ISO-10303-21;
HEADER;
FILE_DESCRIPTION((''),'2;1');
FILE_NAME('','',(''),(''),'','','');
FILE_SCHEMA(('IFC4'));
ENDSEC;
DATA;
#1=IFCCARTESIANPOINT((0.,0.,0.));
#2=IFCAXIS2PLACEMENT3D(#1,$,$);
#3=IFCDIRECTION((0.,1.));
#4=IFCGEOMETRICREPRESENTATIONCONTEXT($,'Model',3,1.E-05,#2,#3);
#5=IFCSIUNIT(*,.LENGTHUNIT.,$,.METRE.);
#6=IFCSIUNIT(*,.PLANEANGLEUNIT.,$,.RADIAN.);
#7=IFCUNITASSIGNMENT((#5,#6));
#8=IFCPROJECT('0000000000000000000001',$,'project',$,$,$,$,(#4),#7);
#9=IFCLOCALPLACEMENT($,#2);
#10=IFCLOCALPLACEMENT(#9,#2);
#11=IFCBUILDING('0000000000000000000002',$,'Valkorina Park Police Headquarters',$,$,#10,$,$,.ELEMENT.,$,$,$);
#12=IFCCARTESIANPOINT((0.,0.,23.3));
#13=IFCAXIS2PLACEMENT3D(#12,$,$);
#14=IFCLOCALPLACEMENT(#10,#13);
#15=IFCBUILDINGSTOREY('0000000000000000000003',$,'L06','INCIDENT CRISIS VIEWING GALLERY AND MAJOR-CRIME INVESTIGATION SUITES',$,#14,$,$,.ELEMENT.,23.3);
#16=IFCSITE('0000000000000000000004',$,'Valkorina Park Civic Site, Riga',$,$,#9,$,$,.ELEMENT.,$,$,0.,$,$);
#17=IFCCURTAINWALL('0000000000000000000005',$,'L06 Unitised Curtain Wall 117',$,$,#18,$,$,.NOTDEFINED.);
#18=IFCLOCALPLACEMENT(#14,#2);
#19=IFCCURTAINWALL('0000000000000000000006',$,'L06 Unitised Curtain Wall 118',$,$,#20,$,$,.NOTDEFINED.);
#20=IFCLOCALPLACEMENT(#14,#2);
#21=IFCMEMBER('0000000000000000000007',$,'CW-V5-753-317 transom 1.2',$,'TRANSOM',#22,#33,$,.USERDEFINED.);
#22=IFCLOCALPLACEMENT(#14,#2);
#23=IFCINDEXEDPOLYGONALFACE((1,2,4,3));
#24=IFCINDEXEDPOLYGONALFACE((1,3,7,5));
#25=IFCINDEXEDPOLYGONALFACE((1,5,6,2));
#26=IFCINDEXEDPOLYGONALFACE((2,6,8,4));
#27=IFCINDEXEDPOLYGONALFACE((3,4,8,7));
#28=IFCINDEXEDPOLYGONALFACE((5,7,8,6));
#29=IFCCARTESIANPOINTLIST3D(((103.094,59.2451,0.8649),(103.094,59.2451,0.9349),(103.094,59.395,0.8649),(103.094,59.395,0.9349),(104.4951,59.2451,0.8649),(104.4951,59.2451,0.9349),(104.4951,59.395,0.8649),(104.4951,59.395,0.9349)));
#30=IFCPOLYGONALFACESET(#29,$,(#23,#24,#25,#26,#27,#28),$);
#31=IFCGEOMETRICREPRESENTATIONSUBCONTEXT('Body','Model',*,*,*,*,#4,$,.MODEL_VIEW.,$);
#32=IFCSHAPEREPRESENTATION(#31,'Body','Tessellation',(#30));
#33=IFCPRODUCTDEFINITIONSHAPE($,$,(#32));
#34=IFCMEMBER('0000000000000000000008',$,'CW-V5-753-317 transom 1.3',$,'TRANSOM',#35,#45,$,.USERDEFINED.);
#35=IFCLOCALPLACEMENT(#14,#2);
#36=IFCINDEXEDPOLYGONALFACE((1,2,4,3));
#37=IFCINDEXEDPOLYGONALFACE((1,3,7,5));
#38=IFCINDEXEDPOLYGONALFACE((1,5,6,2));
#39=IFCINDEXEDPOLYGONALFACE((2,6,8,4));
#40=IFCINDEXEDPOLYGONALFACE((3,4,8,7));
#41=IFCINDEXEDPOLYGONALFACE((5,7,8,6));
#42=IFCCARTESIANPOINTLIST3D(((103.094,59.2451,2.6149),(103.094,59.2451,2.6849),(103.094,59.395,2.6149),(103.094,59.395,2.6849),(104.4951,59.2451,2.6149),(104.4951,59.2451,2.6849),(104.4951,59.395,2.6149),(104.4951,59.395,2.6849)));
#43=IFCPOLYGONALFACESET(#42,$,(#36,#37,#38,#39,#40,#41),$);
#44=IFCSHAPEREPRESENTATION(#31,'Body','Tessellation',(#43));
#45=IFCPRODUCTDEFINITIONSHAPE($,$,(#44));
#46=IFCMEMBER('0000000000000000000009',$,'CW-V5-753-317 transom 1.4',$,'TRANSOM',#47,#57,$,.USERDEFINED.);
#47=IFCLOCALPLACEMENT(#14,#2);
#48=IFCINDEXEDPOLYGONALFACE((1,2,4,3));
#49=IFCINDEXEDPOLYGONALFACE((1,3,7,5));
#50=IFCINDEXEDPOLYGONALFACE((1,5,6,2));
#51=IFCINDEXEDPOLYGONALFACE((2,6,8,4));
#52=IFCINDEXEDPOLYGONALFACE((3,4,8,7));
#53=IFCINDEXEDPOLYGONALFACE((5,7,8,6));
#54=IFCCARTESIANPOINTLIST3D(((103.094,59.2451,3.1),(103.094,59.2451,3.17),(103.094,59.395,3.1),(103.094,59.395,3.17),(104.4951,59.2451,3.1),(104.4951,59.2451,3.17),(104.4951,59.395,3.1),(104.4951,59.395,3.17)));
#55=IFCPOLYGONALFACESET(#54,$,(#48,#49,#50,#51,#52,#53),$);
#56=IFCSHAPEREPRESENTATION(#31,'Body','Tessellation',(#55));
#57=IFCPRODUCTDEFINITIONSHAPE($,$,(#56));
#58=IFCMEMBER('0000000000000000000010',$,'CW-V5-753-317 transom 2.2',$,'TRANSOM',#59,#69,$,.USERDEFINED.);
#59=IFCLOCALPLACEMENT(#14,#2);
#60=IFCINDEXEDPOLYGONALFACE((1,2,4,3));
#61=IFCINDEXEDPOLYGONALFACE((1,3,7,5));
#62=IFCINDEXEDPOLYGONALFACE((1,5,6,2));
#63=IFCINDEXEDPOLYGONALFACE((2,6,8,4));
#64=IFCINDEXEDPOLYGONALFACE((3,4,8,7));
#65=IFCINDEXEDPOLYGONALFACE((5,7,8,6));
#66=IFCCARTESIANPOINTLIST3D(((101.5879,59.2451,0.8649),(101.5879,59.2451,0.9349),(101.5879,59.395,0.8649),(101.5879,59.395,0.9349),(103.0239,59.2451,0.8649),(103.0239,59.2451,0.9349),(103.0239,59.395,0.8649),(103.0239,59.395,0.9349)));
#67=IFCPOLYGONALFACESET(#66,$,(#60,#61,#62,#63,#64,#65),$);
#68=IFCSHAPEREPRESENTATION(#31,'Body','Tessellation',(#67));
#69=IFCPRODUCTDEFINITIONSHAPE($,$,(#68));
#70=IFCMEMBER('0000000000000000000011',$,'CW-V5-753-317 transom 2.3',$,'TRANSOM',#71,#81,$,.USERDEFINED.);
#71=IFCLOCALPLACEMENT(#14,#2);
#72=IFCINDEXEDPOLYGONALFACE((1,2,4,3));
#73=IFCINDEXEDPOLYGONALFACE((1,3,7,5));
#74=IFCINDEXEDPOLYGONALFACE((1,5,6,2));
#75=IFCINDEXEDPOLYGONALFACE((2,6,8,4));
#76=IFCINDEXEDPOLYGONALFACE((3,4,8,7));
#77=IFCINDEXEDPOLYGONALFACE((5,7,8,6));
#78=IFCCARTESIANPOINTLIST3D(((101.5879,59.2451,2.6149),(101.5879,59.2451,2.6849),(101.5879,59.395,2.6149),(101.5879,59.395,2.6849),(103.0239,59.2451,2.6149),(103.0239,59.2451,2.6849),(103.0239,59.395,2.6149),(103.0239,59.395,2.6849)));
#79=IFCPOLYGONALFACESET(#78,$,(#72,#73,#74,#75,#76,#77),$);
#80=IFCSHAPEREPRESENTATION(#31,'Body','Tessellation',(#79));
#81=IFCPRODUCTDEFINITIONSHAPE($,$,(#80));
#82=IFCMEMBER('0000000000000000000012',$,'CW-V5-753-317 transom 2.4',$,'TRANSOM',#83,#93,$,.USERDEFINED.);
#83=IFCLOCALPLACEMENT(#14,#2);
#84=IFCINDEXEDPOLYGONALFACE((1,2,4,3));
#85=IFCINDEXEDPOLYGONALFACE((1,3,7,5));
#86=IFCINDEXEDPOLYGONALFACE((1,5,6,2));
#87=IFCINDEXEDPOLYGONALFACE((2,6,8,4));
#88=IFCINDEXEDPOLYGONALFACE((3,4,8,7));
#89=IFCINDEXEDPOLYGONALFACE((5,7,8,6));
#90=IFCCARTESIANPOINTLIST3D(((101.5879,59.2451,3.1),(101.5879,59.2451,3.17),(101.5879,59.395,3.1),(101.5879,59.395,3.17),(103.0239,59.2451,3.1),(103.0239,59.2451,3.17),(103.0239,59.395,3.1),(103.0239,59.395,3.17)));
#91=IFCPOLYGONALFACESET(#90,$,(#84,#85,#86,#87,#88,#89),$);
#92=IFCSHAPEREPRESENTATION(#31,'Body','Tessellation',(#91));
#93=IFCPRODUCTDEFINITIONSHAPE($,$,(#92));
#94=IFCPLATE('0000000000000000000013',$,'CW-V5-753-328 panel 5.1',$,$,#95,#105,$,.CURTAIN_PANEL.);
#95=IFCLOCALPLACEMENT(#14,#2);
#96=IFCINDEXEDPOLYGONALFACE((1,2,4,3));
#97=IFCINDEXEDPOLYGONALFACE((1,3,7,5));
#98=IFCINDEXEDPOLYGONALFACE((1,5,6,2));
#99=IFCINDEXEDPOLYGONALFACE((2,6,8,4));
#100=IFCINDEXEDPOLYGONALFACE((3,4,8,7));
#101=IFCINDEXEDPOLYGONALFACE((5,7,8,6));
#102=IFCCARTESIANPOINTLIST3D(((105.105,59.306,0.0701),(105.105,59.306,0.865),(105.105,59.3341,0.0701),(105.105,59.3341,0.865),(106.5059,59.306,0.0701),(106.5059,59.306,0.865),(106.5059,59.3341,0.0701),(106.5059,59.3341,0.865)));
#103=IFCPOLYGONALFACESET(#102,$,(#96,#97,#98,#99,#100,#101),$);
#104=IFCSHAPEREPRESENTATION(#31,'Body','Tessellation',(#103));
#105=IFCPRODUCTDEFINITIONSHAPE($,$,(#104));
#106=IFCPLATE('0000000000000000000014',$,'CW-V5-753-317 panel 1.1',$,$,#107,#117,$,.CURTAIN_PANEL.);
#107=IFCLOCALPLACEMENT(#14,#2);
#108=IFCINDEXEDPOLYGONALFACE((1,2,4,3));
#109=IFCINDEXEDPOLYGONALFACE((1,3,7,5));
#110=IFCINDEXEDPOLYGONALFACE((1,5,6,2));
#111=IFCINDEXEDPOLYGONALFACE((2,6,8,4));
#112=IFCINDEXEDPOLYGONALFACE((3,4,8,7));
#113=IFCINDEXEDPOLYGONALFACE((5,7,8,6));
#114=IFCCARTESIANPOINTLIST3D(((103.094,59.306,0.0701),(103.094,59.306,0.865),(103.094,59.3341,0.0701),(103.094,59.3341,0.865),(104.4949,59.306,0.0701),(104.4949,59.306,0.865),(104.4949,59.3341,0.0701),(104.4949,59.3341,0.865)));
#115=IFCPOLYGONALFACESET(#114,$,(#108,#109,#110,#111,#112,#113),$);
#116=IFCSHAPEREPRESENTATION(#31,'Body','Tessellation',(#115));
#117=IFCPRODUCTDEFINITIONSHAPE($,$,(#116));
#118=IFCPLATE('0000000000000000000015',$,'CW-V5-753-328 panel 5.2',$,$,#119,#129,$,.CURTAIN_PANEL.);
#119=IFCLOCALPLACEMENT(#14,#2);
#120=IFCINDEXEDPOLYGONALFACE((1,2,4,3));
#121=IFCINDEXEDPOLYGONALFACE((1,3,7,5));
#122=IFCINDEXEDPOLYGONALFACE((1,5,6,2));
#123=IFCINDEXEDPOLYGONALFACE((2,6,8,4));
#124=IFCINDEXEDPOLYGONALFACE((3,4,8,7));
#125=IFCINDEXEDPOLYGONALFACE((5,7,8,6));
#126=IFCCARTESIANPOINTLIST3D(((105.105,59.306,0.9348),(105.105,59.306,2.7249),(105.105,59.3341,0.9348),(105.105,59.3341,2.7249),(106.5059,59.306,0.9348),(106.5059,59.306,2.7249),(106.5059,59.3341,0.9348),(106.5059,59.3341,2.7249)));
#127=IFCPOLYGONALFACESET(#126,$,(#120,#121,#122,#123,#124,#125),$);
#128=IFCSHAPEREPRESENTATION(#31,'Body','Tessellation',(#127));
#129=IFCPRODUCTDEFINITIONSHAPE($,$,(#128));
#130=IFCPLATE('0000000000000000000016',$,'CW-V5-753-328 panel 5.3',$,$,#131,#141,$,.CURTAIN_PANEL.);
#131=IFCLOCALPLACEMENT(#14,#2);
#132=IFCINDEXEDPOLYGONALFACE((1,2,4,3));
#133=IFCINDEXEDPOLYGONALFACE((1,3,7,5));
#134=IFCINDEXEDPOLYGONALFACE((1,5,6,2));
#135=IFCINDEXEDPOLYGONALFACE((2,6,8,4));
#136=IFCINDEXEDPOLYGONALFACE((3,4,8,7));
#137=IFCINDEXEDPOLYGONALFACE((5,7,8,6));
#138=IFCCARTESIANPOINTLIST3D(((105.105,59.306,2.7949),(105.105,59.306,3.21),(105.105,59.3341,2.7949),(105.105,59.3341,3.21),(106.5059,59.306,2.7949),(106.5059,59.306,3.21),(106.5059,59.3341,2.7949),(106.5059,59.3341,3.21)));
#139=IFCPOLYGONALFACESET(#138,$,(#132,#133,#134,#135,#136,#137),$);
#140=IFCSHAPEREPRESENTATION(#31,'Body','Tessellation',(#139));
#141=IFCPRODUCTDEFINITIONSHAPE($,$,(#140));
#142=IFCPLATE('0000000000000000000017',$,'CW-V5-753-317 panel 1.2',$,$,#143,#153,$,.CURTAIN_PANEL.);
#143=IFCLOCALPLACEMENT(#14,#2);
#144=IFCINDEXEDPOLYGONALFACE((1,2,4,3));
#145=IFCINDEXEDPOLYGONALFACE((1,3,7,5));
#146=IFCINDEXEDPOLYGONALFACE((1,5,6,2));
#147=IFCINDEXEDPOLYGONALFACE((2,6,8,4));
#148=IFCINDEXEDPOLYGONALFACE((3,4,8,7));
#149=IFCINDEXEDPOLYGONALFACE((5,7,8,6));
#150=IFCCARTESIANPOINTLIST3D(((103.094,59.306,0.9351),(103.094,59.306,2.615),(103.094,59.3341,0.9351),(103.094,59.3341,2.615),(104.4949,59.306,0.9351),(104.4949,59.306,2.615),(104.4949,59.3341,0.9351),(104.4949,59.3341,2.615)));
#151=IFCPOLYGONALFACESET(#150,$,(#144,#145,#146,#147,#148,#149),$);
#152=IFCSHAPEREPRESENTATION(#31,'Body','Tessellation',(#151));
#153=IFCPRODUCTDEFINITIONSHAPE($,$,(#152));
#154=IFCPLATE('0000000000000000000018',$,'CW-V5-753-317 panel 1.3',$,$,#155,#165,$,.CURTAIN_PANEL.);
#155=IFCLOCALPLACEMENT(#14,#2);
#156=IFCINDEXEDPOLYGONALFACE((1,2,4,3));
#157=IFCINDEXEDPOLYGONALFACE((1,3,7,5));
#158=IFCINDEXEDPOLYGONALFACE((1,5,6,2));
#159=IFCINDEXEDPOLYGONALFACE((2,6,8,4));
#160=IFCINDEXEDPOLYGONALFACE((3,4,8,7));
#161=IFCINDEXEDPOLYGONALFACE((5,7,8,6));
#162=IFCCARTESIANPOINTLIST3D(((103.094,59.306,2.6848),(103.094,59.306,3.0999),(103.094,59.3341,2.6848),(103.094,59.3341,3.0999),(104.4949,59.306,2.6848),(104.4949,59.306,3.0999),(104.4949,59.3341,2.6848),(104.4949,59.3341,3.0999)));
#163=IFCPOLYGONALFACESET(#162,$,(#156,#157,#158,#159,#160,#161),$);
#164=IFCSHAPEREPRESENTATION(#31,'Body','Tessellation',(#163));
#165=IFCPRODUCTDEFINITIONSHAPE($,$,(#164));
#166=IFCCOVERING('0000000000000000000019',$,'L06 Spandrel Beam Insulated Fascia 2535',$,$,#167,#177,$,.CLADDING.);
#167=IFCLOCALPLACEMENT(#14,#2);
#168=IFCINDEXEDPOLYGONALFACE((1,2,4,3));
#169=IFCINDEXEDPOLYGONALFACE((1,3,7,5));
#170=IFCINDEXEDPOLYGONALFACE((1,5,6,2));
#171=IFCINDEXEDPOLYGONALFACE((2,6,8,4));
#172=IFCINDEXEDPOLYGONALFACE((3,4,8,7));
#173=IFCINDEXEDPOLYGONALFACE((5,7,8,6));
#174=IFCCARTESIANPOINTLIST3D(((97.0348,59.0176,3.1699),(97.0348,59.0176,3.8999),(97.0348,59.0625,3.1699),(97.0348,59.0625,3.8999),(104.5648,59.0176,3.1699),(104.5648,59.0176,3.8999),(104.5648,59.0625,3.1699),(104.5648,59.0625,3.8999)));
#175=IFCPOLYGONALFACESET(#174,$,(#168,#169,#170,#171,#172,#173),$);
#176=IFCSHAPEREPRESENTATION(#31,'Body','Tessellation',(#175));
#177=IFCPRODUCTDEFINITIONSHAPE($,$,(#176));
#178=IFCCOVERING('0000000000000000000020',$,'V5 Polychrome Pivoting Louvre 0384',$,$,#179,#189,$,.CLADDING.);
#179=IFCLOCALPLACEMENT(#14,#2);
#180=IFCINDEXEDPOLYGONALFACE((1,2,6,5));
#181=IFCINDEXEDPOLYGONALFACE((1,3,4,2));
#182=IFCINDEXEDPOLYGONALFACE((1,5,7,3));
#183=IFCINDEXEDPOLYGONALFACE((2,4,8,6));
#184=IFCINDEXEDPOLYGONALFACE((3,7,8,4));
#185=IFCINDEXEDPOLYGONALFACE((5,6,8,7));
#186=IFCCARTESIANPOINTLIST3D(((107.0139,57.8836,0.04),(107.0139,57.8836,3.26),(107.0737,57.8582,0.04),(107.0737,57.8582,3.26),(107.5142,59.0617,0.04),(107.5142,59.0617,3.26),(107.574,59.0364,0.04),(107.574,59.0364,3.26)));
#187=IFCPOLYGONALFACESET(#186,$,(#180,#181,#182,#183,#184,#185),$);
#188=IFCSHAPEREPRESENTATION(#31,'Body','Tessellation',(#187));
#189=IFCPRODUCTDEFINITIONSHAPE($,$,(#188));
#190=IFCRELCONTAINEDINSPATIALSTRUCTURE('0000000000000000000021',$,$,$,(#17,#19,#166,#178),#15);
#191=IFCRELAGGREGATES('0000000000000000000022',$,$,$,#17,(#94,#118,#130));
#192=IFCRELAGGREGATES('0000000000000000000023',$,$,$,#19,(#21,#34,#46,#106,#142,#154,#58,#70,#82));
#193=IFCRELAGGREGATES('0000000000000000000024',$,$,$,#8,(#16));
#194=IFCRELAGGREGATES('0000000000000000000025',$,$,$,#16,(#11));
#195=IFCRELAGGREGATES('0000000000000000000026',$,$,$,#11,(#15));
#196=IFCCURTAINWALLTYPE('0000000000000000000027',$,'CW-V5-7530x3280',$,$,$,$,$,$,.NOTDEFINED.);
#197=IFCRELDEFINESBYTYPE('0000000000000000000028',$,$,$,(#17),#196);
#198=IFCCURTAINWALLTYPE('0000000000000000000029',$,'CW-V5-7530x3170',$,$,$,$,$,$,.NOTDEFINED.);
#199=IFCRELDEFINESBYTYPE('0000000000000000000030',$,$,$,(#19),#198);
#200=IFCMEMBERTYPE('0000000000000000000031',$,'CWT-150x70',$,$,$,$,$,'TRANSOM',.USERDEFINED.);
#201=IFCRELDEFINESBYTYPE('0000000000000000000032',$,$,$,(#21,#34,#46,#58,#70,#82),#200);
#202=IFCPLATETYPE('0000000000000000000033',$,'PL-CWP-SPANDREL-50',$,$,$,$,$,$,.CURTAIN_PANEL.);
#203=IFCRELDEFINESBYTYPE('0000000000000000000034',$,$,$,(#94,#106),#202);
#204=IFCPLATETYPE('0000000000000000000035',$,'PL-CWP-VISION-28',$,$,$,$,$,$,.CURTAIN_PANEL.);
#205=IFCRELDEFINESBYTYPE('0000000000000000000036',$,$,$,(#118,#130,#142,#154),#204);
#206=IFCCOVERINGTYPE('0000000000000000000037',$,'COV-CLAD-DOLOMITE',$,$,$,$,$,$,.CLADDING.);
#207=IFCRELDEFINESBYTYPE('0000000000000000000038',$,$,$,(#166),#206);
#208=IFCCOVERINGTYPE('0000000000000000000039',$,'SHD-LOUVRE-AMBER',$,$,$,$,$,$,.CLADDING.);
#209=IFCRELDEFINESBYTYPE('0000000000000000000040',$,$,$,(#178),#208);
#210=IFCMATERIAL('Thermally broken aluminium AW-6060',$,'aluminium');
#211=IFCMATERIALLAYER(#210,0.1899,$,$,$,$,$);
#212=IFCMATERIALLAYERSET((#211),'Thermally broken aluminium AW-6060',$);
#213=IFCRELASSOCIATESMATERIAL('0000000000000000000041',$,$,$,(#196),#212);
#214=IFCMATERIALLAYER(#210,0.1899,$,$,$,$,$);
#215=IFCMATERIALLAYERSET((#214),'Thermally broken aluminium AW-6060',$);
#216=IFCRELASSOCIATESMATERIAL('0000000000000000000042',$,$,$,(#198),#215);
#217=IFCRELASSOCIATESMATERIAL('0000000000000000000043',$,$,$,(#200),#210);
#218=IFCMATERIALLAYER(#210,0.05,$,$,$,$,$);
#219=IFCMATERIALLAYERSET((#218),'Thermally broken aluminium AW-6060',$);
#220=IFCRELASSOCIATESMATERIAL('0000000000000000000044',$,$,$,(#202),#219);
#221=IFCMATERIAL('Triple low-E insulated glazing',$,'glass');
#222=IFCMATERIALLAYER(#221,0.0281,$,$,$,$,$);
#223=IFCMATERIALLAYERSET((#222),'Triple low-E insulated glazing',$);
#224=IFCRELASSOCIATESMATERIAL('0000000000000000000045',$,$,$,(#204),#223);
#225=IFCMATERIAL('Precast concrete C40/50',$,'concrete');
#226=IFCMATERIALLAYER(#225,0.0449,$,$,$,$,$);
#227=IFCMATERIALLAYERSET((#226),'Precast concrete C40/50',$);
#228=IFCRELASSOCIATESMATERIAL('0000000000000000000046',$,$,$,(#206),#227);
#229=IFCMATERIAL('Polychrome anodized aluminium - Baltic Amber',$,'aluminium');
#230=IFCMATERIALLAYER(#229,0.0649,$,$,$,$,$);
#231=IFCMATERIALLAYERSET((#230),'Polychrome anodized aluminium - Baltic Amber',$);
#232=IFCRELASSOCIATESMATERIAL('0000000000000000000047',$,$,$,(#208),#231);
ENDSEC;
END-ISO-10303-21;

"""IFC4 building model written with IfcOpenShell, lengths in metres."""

from ifc_helpers import new_model, si_unit, direction, frame, frame_2d, origin, origin_2d, place, context, subcontext, project, spatial, rectangle, extrude, material, layer, layer_set, material_profile, profile_set, type_object, element, aggregate, save


model = new_model("IFC4")

# Units and contexts
model_context = context("Model", 3, precision=1e-05, world=origin(), true_north=direction((0.0, 1.0)))
body_context = subcontext(model_context, "Body", "Model", "MODEL_VIEW")
ifc_project = project(units=[si_unit("LENGTHUNIT", "METRE"), si_unit("PLANEANGLEUNIT", "RADIAN")], contexts=[model_context])

# Site, building, storey
site_placement = place(None, origin())
site = spatial("IfcSite", under=ifc_project, at=site_placement, Name="Valkorina Park Civic Site, Riga", CompositionType="ELEMENT", RefElevation=0.0)
building_placement = place(site_placement, origin())
building = spatial("IfcBuilding", under=site, at=building_placement, Name="Valkorina Park Police Headquarters", CompositionType="ELEMENT")
storey_placement = place(building_placement, frame((0.0, 0.0, 23.3)))
storey = spatial("IfcBuildingStorey", under=building, at=storey_placement, Name="L06", Description="INCIDENT CRISIS VIEWING GALLERY AND MAJOR-CRIME INVESTIGATION SUITES", CompositionType="ELEMENT", Elevation=23.3)

# Curtain walls
ifc_material_1 = material(Name="Thermally broken aluminium AW-6060", Category="aluminium")
ifc_layer_1 = layer(ifc_material_1, 0.1899)
ifc_layer_set_1 = layer_set([ifc_layer_1], Name="Thermally broken aluminium AW-6060")
curtain_wall_type_1 = type_object("IfcCurtainWallType", Name="CW-V5-7530x3280", PredefinedType="NOTDEFINED", material=ifc_layer_set_1)
curtain_wall_1_placement = place(storey_placement, origin())
curtain_wall_1 = element("IfcCurtainWall", 1, at=curtain_wall_1_placement, inside=storey, type_object=curtain_wall_type_1, Name="L06 Unitised Curtain Wall 117", PredefinedType="NOTDEFINED")
ifc_layer_2 = layer(ifc_material_1, 0.1899)
ifc_layer_set_2 = layer_set([ifc_layer_2], Name="Thermally broken aluminium AW-6060")
curtain_wall_type_2 = type_object("IfcCurtainWallType", Name="CW-V5-7530x3170", PredefinedType="NOTDEFINED", material=ifc_layer_set_2)
curtain_wall_2_placement = place(storey_placement, origin())
curtain_wall_2 = element("IfcCurtainWall", 2, at=curtain_wall_2_placement, inside=storey, type_object=curtain_wall_type_2, Name="L06 Unitised Curtain Wall 118", PredefinedType="NOTDEFINED")

# Members
ifc_material_profile_1 = material_profile(ifc_material_1, rectangle(XDim=0.1499, YDim=0.0701, at=origin_2d()), Name="CWT-02 150x70")
ifc_profile_set_1 = profile_set([ifc_material_profile_1], Name="Thermally broken aluminium AW-6060")
member_type_1 = type_object("IfcMemberType", Name="CWT-150x70", ElementType="TRANSOM", PredefinedType="USERDEFINED", material=ifc_profile_set_1)
member_1_placement = place(storey_placement, frame((104.4951, 59.3201, 0.8999), z_axis=(-1.0, 0.0, 0.0), x_axis=(0.0, -1.0, 0.0)))
member_1 = element("IfcMember", 3, at=member_1_placement, type_object=member_type_1, Name="CW-V5-753-317 transom 1.2", ObjectType="TRANSOM", PredefinedType="USERDEFINED", context=body_context, shape_type="SweptSolid", body=[
    extrude(rectangle(XDim=0.1499, YDim=0.0701, at=origin_2d()), origin(), (0.0, 0.0, 1.0), 1.4011),
])
member_2_placement = place(storey_placement, frame((104.4951, 59.3201, 2.6499), z_axis=(-1.0, 0.0, 0.0), x_axis=(0.0, -1.0, 0.0)))
member_2 = element("IfcMember", 4, at=member_2_placement, type_object=member_type_1, Name="CW-V5-753-317 transom 1.3", ObjectType="TRANSOM", PredefinedType="USERDEFINED", context=body_context, shape_type="SweptSolid", body=[
    extrude(rectangle(XDim=0.1499, YDim=0.0701, at=origin_2d()), origin(), (0.0, 0.0, 1.0), 1.4011),
])
member_3_placement = place(storey_placement, frame((104.4951, 59.3201, 3.135), z_axis=(-1.0, 0.0, 0.0), x_axis=(0.0, -1.0, 0.0)))
member_3 = element("IfcMember", 5, at=member_3_placement, type_object=member_type_1, Name="CW-V5-753-317 transom 1.4", ObjectType="TRANSOM", PredefinedType="USERDEFINED", context=body_context, shape_type="SweptSolid", body=[
    extrude(rectangle(XDim=0.1499, YDim=0.0701, at=origin_2d()), origin(), (0.0, 0.0, 1.0), 1.4011),
])
member_4_placement = place(storey_placement, frame((103.0239, 59.3201, 0.8999), z_axis=(-1.0, 0.0, 0.0), x_axis=(0.0, -1.0, 0.0)))
member_4 = element("IfcMember", 6, at=member_4_placement, type_object=member_type_1, Name="CW-V5-753-317 transom 2.2", ObjectType="TRANSOM", PredefinedType="USERDEFINED", context=body_context, shape_type="SweptSolid", body=[
    extrude(rectangle(XDim=0.1499, YDim=0.0701, at=origin_2d()), origin(), (0.0, 0.0, 1.0), 1.436),
])
member_5_placement = place(storey_placement, frame((103.0239, 59.3201, 2.6499), z_axis=(-1.0, 0.0, 0.0), x_axis=(0.0, -1.0, 0.0)))
member_5 = element("IfcMember", 7, at=member_5_placement, type_object=member_type_1, Name="CW-V5-753-317 transom 2.3", ObjectType="TRANSOM", PredefinedType="USERDEFINED", context=body_context, shape_type="SweptSolid", body=[
    extrude(rectangle(XDim=0.1499, YDim=0.0701, at=origin_2d()), origin(), (0.0, 0.0, 1.0), 1.436),
])
member_6_placement = place(storey_placement, frame((103.0239, 59.3201, 3.135), z_axis=(-1.0, 0.0, 0.0), x_axis=(0.0, -1.0, 0.0)))
member_6 = element("IfcMember", 8, at=member_6_placement, type_object=member_type_1, Name="CW-V5-753-317 transom 2.4", ObjectType="TRANSOM", PredefinedType="USERDEFINED", context=body_context, shape_type="SweptSolid", body=[
    extrude(rectangle(XDim=0.1499, YDim=0.0701, at=origin_2d()), origin(), (0.0, 0.0, 1.0), 1.436),
])

# Plates
ifc_layer_3 = layer(ifc_material_1, 0.05)
ifc_layer_set_3 = layer_set([ifc_layer_3], Name="Thermally broken aluminium AW-6060")
plate_type_1 = type_object("IfcPlateType", Name="PL-CWP-SPANDREL-50", PredefinedType="CURTAIN_PANEL", material=ifc_layer_set_3)
plate_1_placement = place(storey_placement, frame((105.8054, 59.3201, 0.0701), z_axis=(0.0, 0.0, 1.0), x_axis=(-1.0, 0.0, 0.0)))
plate_1 = element("IfcPlate", 9, at=plate_1_placement, type_object=plate_type_1, Name="CW-V5-753-328 panel 5.1", PredefinedType="CURTAIN_PANEL", context=body_context, shape_type="SweptSolid", body=[
    extrude(rectangle(XDim=1.4009, YDim=0.0281, at=origin_2d()), origin(), (0.0, 0.0, 1.0), 0.7949),
])
plate_2_placement = place(storey_placement, frame((103.7944, 59.3201, 0.0701), z_axis=(0.0, 0.0, 1.0), x_axis=(-1.0, 0.0, 0.0)))
plate_2 = element("IfcPlate", 10, at=plate_2_placement, type_object=plate_type_1, Name="CW-V5-753-317 panel 1.1", PredefinedType="CURTAIN_PANEL", context=body_context, shape_type="SweptSolid", body=[
    extrude(rectangle(XDim=1.4009, YDim=0.0281, at=origin_2d()), origin(), (0.0, 0.0, 1.0), 0.7949),
])
ifc_material_2 = material(Name="Triple low-E insulated glazing", Category="glass")
ifc_layer_4 = layer(ifc_material_2, 0.0281)
ifc_layer_set_4 = layer_set([ifc_layer_4], Name="Triple low-E insulated glazing")
plate_type_2 = type_object("IfcPlateType", Name="PL-CWP-VISION-28", PredefinedType="CURTAIN_PANEL", material=ifc_layer_set_4)
plate_3_placement = place(storey_placement, frame((105.8054, 59.3201, 0.9348), z_axis=(0.0, 0.0, 1.0), x_axis=(-1.0, 0.0, 0.0)))
plate_3 = element("IfcPlate", 11, at=plate_3_placement, type_object=plate_type_2, Name="CW-V5-753-328 panel 5.2", PredefinedType="CURTAIN_PANEL", context=body_context, shape_type="SweptSolid", body=[
    extrude(rectangle(XDim=1.4009, YDim=0.0281, at=origin_2d()), origin(), (0.0, 0.0, 1.0), 1.79),
])
plate_4_placement = place(storey_placement, frame((105.8054, 59.3201, 2.7949), z_axis=(0.0, 0.0, 1.0), x_axis=(-1.0, 0.0, 0.0)))
plate_4 = element("IfcPlate", 12, at=plate_4_placement, type_object=plate_type_2, Name="CW-V5-753-328 panel 5.3", PredefinedType="CURTAIN_PANEL", context=body_context, shape_type="SweptSolid", body=[
    extrude(rectangle(XDim=1.4009, YDim=0.0281, at=origin_2d()), origin(), (0.0, 0.0, 1.0), 0.415),
])
aggregate(curtain_wall_1, [plate_1, plate_3, plate_4])
plate_5_placement = place(storey_placement, frame((103.7944, 59.3201, 0.9351), z_axis=(0.0, 0.0, 1.0), x_axis=(-1.0, 0.0, 0.0)))
plate_5 = element("IfcPlate", 13, at=plate_5_placement, type_object=plate_type_2, Name="CW-V5-753-317 panel 1.2", PredefinedType="CURTAIN_PANEL", context=body_context, shape_type="SweptSolid", body=[
    extrude(rectangle(XDim=1.4009, YDim=0.0281, at=origin_2d()), origin(), (0.0, 0.0, 1.0), 1.6799),
])
plate_6_placement = place(storey_placement, frame((103.7944, 59.3201, 2.6848), z_axis=(0.0, 0.0, 1.0), x_axis=(-1.0, 0.0, 0.0)))
plate_6 = element("IfcPlate", 14, at=plate_6_placement, type_object=plate_type_2, Name="CW-V5-753-317 panel 1.3", PredefinedType="CURTAIN_PANEL", context=body_context, shape_type="SweptSolid", body=[
    extrude(rectangle(XDim=1.4009, YDim=0.0281, at=origin_2d()), origin(), (0.0, 0.0, 1.0), 0.415),
])
aggregate(curtain_wall_2, [member_1, member_2, member_3, plate_2, plate_5, plate_6, member_4, member_5, member_6])

# Coverings
ifc_material_3 = material(Name="Precast concrete C40/50", Category="concrete")
ifc_layer_5 = layer(ifc_material_3, 0.0449)
ifc_layer_set_5 = layer_set([ifc_layer_5], Name="Precast concrete C40/50")
covering_type_1 = type_object("IfcCoveringType", Name="COV-CLAD-DOLOMITE", PredefinedType="CLADDING", material=ifc_layer_set_5)
covering_1_placement = place(storey_placement, frame((104.5649, 59.04, 3.1699), z_axis=(0.0, 0.0, 1.0), x_axis=(-1.0, 0.0, 0.0)))
element("IfcCovering", 15, at=covering_1_placement, inside=storey, type_object=covering_type_1, Name="L06 Spandrel Beam Insulated Fascia 2535", PredefinedType="CLADDING", context=body_context, shape_type="SweptSolid", body=[
    extrude(rectangle(XDim=7.53, YDim=0.0449, at=frame_2d((3.7651, 0.0))), origin(), (0.0, 0.0, 1.0), 0.73),
])
ifc_material_4 = material(Name="Polychrome anodized aluminium - Baltic Amber", Category="aluminium")
ifc_layer_6 = layer(ifc_material_4, 0.0649)
ifc_layer_set_6 = layer_set([ifc_layer_6], Name="Polychrome anodized aluminium - Baltic Amber")
covering_type_2 = type_object("IfcCoveringType", Name="SHD-LOUVRE-AMBER", PredefinedType="CLADDING", material=ifc_layer_set_6)
covering_2_placement = place(storey_placement, frame((107.2939, 58.46, 0.04), z_axis=(0.0, 0.0, 1.0), x_axis=(-0.390892, -0.920437, 0.0)))
element("IfcCovering", 16, at=covering_2_placement, inside=storey, type_object=covering_type_2, Name="V5 Polychrome Pivoting Louvre 0384", PredefinedType="CLADDING", context=body_context, shape_type="SweptSolid", body=[
    extrude(rectangle(XDim=1.28, YDim=0.0649, at=origin_2d()), origin(), (0.0, 0.0, 1.0), 3.22),
])

save(model, "model.ifc")
